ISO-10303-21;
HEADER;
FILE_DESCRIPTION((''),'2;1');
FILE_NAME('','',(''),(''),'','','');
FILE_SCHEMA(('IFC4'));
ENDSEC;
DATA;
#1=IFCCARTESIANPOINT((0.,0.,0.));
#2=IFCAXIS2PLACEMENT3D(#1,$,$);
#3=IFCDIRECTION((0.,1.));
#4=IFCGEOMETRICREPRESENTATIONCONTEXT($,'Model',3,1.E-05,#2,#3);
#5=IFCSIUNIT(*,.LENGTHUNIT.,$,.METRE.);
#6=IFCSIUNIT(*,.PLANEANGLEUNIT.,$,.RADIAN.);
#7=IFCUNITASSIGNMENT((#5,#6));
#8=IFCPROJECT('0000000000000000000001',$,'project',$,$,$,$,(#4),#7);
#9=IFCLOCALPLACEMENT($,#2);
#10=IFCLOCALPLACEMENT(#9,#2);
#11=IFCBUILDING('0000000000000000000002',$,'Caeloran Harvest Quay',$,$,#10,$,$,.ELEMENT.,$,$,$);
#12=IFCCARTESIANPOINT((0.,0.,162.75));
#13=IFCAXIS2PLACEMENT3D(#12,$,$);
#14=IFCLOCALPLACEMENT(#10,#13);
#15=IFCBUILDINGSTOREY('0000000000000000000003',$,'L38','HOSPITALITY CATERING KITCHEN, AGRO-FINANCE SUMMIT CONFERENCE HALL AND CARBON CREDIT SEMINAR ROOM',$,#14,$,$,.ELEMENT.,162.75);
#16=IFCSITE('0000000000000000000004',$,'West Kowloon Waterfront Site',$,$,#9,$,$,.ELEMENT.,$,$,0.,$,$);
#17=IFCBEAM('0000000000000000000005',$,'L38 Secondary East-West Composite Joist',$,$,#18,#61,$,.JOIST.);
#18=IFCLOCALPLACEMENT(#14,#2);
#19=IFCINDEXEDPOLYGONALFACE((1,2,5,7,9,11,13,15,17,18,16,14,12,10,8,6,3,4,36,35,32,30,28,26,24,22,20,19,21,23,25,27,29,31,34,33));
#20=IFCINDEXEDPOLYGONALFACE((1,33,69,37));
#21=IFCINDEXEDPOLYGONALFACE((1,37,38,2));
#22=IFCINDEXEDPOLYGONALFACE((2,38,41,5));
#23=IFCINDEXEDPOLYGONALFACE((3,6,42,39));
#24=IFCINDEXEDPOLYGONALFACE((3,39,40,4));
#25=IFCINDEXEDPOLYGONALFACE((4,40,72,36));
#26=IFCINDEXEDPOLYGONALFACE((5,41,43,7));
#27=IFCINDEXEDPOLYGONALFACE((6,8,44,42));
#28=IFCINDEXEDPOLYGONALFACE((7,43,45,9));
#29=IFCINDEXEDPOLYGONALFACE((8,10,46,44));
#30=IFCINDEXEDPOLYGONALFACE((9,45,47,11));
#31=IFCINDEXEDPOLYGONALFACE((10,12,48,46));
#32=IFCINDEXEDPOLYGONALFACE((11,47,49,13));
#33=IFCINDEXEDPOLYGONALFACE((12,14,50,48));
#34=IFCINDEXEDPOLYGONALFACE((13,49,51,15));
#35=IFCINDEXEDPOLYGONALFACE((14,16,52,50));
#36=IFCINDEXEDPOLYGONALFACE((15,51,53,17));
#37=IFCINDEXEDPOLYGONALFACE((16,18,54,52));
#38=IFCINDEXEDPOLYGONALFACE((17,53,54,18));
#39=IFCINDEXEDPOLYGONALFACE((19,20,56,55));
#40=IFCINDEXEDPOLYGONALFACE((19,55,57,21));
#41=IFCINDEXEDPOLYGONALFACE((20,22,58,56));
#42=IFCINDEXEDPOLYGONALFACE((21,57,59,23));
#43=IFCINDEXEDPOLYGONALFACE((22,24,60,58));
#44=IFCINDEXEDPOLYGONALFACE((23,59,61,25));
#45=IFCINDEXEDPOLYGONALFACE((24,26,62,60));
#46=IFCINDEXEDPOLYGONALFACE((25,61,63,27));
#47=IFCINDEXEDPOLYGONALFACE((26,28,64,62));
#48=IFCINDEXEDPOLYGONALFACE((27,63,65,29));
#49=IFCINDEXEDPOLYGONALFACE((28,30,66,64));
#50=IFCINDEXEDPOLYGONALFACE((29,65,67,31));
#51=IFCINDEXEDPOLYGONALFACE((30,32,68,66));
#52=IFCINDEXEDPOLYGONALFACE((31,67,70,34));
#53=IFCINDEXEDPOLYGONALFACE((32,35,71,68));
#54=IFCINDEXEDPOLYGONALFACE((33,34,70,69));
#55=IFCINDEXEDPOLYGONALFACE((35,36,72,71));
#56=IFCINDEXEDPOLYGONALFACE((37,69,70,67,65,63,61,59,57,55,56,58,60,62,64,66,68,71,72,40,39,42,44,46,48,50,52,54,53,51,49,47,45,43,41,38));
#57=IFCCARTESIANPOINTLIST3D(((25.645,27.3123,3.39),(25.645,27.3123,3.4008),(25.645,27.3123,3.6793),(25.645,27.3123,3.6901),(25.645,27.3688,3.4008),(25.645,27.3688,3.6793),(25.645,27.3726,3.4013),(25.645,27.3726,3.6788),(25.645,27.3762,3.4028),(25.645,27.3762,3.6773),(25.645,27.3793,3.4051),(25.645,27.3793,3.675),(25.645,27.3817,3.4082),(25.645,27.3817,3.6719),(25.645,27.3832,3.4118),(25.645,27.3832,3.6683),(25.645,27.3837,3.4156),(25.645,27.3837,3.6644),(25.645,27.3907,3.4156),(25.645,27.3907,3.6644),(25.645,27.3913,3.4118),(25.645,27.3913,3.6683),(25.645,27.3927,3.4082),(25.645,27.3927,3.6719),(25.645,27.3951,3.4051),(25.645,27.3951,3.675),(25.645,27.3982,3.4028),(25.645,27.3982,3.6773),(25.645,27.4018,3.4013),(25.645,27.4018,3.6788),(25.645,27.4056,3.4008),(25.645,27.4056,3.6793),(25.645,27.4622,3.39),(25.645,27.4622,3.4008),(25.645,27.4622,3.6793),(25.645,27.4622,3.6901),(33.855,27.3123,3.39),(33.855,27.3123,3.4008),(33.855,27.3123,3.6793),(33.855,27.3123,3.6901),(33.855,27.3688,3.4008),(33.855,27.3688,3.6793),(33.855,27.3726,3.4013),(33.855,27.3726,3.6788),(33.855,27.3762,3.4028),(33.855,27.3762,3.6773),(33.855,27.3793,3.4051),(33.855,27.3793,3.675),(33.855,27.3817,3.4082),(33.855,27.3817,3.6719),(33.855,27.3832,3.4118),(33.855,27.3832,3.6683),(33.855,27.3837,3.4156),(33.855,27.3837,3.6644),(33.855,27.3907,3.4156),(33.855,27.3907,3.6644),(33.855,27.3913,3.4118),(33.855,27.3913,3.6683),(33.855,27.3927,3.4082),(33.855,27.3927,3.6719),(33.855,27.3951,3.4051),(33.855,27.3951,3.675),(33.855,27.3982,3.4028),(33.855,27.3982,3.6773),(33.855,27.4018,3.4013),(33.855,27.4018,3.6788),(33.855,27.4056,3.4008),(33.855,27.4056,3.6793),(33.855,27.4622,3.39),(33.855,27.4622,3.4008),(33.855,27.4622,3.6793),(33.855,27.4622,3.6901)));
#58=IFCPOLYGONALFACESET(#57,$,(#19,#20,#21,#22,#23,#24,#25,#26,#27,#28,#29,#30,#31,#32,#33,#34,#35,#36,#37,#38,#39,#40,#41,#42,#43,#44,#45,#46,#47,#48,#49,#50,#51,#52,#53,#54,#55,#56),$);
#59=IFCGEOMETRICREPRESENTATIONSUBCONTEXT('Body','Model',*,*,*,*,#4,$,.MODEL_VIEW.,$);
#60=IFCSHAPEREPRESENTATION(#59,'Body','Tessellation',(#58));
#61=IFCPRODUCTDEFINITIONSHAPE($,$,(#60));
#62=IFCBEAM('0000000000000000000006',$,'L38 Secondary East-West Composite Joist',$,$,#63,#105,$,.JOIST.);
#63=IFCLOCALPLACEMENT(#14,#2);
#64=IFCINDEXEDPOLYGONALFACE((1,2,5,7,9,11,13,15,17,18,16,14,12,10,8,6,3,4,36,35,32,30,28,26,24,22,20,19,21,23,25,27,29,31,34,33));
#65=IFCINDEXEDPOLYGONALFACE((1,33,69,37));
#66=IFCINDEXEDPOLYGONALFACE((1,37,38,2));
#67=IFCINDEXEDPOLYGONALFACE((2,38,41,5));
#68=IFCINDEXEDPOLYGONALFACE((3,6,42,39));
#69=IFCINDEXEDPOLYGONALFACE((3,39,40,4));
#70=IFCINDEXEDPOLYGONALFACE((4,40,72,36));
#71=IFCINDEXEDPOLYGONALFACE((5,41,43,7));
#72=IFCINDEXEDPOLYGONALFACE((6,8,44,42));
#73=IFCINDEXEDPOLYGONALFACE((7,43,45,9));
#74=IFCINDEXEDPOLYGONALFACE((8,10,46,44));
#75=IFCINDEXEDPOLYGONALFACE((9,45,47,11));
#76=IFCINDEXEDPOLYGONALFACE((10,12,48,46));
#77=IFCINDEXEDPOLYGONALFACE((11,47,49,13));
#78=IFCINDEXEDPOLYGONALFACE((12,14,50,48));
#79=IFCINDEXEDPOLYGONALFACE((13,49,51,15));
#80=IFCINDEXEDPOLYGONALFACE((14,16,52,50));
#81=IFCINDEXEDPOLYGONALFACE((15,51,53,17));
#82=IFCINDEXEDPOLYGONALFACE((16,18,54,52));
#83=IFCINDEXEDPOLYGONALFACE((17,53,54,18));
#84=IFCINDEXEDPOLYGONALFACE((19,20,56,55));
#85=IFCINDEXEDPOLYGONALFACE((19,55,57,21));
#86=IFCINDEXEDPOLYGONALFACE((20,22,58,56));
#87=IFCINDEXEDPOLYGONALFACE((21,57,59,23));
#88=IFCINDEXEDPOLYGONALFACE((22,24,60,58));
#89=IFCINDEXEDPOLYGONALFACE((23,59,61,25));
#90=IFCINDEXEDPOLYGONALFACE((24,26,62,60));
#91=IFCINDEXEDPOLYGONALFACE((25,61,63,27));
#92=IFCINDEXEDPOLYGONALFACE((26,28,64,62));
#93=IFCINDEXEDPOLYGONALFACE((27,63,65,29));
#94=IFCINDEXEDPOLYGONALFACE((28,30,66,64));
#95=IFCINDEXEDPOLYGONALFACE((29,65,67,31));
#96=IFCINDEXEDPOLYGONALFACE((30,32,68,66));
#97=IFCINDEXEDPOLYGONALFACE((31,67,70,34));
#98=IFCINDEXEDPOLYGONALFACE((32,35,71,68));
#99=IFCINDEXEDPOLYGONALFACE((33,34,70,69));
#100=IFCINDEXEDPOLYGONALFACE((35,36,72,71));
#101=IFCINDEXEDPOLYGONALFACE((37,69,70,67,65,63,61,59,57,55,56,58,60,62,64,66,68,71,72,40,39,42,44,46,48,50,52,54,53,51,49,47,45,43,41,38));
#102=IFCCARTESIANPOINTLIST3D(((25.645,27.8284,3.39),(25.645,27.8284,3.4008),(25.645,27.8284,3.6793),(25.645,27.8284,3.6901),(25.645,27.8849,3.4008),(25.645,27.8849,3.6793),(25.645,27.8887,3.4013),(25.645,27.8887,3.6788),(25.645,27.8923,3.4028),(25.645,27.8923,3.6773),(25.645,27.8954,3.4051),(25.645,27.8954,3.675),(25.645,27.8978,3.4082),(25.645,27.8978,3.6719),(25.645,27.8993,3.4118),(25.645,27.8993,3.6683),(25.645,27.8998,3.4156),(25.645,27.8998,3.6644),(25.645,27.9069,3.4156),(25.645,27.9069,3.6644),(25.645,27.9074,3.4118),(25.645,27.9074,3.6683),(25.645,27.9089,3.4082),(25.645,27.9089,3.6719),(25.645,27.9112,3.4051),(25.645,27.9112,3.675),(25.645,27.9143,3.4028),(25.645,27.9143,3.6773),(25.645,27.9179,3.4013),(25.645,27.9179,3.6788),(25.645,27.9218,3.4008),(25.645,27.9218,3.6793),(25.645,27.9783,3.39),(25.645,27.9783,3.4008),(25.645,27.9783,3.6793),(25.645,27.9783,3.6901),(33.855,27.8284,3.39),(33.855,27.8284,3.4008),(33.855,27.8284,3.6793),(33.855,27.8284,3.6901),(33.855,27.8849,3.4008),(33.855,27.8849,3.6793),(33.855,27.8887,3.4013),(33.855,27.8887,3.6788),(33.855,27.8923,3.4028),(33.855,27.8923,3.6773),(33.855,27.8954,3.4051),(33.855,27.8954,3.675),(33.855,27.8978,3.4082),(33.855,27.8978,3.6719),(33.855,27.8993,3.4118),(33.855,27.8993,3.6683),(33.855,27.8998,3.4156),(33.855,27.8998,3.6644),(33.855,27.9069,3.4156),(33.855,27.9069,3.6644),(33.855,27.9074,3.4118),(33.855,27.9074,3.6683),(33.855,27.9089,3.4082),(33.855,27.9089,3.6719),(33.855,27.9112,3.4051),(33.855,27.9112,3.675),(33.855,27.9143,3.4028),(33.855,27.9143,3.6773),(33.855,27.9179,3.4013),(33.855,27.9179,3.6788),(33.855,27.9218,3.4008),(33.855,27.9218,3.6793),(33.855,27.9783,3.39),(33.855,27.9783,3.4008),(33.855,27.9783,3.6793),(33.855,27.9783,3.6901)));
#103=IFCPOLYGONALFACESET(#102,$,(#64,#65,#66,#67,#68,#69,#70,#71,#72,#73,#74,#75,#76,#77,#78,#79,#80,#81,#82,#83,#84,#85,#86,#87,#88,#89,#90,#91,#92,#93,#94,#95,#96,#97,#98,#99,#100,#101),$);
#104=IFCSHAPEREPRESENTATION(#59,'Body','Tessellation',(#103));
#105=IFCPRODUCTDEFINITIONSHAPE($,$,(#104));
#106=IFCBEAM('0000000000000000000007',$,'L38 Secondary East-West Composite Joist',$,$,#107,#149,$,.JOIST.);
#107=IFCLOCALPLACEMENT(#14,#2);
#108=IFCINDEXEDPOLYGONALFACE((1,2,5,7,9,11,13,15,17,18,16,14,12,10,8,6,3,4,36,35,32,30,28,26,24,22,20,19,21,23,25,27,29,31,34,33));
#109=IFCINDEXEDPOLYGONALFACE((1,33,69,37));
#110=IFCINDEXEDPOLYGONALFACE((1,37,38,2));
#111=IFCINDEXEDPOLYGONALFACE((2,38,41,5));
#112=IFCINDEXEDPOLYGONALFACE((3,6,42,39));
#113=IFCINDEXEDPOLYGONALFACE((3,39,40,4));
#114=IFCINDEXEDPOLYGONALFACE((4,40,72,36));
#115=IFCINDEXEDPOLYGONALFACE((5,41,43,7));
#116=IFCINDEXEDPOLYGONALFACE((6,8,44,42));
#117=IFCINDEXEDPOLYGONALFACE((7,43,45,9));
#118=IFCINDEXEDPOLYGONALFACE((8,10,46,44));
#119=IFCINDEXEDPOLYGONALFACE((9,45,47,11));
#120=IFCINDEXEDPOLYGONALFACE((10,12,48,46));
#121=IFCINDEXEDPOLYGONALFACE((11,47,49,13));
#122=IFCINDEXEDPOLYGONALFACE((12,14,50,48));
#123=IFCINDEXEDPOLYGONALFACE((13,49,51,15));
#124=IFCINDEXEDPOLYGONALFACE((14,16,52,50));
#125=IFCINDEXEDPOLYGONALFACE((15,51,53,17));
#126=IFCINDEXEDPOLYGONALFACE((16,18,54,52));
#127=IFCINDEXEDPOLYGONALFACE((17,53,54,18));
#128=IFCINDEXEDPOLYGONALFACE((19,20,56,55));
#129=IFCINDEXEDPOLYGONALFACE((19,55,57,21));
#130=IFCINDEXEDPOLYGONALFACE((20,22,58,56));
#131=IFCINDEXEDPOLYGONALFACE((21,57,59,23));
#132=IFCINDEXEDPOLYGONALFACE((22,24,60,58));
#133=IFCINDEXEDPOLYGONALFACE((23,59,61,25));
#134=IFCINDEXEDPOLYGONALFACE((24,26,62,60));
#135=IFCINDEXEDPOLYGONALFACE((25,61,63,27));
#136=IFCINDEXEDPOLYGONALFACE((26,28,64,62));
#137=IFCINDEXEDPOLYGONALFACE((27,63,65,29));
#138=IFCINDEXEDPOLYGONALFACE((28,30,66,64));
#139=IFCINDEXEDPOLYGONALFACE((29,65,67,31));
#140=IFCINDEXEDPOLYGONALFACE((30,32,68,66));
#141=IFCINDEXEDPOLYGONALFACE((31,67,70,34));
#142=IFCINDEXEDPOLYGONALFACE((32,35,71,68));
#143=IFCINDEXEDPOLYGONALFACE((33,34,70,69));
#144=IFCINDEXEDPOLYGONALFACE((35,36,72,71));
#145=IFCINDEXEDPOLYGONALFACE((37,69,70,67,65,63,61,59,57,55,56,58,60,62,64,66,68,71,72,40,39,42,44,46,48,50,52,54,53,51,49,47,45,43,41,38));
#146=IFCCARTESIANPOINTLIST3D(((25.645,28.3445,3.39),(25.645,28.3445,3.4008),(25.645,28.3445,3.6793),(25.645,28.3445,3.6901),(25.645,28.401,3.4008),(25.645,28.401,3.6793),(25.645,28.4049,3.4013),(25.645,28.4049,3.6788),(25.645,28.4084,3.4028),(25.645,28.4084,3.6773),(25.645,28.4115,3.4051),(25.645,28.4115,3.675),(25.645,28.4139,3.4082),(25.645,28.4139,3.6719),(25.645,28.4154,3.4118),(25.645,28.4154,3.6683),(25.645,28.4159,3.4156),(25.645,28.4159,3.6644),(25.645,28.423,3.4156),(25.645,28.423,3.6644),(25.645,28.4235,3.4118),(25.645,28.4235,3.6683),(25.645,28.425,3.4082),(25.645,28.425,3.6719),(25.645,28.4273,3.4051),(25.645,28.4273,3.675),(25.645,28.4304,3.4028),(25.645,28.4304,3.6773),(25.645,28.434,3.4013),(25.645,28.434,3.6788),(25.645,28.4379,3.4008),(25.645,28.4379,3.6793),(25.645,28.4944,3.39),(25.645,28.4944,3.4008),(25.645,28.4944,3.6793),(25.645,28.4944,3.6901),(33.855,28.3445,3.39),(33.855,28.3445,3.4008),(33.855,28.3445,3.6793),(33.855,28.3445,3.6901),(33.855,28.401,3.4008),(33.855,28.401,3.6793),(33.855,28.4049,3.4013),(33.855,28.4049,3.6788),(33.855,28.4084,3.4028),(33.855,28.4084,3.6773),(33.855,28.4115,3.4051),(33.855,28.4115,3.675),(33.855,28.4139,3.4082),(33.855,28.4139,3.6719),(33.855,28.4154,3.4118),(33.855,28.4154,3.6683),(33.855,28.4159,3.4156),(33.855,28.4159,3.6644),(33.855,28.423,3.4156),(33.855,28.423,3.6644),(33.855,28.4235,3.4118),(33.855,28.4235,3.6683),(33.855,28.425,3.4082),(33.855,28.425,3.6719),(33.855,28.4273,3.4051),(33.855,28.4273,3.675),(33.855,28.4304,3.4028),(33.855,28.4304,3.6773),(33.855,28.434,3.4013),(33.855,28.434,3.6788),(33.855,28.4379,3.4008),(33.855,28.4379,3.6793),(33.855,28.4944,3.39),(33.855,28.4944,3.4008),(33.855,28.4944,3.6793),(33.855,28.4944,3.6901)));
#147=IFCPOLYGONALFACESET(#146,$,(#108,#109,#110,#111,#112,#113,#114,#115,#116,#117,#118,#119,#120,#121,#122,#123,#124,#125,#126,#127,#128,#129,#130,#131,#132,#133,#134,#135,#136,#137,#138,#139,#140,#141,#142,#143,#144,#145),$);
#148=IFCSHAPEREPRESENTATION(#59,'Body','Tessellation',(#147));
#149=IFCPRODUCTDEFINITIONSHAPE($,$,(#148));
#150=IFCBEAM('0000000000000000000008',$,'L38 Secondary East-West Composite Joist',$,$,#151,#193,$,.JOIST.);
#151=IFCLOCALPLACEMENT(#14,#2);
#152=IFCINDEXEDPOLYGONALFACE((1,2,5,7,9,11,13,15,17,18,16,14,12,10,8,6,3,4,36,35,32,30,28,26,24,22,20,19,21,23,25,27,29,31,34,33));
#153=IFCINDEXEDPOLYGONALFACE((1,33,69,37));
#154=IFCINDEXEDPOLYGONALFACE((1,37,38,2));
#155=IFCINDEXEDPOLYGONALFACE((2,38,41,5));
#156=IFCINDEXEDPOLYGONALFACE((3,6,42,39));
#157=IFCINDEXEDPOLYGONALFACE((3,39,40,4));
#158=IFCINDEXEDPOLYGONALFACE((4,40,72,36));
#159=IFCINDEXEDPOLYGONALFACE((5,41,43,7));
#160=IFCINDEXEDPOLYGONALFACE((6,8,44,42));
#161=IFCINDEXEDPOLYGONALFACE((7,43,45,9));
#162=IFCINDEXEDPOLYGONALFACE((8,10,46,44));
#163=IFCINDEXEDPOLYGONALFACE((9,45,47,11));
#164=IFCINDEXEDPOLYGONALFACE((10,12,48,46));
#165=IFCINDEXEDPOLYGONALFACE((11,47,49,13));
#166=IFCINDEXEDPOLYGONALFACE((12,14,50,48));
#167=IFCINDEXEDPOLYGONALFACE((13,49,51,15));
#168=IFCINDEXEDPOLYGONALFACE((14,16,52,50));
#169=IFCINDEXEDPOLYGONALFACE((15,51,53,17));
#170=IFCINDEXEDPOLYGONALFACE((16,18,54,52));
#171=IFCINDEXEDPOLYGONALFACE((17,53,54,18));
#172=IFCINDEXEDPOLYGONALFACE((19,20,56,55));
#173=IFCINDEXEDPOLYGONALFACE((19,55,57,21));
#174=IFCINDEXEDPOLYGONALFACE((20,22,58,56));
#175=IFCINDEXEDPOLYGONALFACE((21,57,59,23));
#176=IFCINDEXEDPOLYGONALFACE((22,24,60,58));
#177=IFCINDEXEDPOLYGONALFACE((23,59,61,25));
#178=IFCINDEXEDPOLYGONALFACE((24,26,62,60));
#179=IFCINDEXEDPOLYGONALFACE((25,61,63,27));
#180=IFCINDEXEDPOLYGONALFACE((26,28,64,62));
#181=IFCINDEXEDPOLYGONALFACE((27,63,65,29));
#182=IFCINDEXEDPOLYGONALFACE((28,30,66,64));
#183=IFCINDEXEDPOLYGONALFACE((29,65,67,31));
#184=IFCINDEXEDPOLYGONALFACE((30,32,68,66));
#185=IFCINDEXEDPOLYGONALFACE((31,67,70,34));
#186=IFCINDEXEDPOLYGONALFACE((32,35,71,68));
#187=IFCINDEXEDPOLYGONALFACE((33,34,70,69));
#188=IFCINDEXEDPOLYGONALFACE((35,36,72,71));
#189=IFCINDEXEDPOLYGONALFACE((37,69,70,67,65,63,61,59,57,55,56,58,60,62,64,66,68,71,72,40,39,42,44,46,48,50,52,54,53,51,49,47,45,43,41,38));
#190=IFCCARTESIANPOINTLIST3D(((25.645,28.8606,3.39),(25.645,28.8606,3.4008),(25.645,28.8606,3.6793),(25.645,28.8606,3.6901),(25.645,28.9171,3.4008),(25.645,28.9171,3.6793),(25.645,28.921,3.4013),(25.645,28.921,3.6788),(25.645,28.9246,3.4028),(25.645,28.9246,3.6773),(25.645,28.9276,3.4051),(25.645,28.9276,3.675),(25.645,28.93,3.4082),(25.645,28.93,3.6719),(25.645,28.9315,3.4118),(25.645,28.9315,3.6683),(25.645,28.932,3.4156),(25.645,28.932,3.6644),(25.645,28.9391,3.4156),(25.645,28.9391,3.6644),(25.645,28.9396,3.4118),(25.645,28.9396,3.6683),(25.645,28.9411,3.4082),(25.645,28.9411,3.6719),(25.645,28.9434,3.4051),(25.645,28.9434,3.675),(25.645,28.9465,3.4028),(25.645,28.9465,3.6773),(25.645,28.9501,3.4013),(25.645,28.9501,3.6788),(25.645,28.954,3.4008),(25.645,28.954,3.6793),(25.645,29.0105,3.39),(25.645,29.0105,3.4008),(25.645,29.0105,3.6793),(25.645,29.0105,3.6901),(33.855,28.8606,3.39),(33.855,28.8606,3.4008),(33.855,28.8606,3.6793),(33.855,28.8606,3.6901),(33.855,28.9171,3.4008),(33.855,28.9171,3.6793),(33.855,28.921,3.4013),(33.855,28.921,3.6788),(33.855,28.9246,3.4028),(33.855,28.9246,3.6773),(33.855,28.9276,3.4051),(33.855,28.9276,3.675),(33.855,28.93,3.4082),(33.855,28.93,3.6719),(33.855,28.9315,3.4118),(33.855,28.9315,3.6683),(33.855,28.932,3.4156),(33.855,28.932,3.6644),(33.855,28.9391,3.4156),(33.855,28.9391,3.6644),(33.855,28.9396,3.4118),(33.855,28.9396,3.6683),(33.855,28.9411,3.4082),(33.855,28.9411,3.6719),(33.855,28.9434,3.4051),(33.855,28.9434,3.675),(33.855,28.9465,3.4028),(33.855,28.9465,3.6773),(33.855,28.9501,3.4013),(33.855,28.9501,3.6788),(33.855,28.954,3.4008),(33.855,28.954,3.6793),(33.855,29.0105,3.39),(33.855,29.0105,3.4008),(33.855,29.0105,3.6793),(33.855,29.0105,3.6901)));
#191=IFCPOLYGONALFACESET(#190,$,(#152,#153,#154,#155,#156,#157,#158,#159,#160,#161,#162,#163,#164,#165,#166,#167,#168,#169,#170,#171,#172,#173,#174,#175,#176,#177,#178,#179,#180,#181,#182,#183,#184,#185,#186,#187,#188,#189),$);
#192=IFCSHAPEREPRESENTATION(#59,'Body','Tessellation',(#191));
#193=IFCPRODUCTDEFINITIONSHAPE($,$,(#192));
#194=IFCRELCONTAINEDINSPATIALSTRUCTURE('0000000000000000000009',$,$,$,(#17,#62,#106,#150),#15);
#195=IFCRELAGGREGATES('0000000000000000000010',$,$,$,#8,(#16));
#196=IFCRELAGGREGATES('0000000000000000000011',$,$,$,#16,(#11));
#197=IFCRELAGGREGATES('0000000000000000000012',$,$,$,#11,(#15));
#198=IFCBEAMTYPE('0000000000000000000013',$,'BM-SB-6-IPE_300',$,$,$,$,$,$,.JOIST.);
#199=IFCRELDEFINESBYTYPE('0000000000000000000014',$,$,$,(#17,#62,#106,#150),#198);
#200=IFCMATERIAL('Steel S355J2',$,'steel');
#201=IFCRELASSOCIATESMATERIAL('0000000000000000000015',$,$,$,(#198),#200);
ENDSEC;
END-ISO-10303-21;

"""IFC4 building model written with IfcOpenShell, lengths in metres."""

from ifc_helpers import new_model, si_unit, direction, frame, origin, origin_2d, place, context, subcontext, project, spatial, i_section, extrude, material, material_profile, profile_set, type_object, element, save


model = new_model("IFC4")

# Units and contexts
model_context = context("Model", 3, precision=1e-05, world=origin(), true_north=direction((0.0, 1.0)))
body_context = subcontext(model_context, "Body", "Model", "MODEL_VIEW")
ifc_project = project(units=[si_unit("LENGTHUNIT", "METRE"), si_unit("PLANEANGLEUNIT", "RADIAN")], contexts=[model_context])

# Site, building, storey
site_placement = place(None, origin())
site = spatial("IfcSite", under=ifc_project, at=site_placement, Name="West Kowloon Waterfront Site", CompositionType="ELEMENT", RefElevation=0.0)
building_placement = place(site_placement, origin())
building = spatial("IfcBuilding", under=site, at=building_placement, Name="Caeloran Harvest Quay", CompositionType="ELEMENT")
storey_placement = place(building_placement, frame((0.0, 0.0, 162.75)))
storey = spatial("IfcBuildingStorey", under=building, at=storey_placement, Name="L38", Description="HOSPITALITY CATERING KITCHEN, AGRO-FINANCE SUMMIT CONFERENCE HALL AND CARBON CREDIT SEMINAR ROOM", CompositionType="ELEMENT", Elevation=162.75)

# Beams
ifc_material_1 = material(Name="Steel S355J2", Category="steel")
ifc_material_profile_1 = material_profile(ifc_material_1, i_section(OverallWidth=0.1499, OverallDepth=0.3, WebThickness=0.0071, FlangeThickness=0.0107, FilletRadius=0.0149, at=origin_2d()), Name="IPE 300")
ifc_profile_set_1 = profile_set([ifc_material_profile_1], Name="Steel S355J2")
beam_type_1 = type_object("IfcBeamType", Name="BM-SB-6-IPE_300", PredefinedType="JOIST", material=ifc_profile_set_1)
for number, where, z_axis, x_axis, name in (
    (1, (25.645, 27.3872, 3.54), (1.0, 0.0, 0.0), (0.0, 1.0, 0.0), "L38 Secondary East-West Composite Joist"),
    (2, (25.645, 27.9033, 3.54), (1.0, 0.0, 0.0), (0.0, 1.0, 0.0), "L38 Secondary East-West Composite Joist"),
    (3, (25.645, 28.4194, 3.54), (1.0, 0.0, 0.0), (0.0, 1.0, 0.0), "L38 Secondary East-West Composite Joist"),
    (4, (25.645, 28.9355, 3.54), (1.0, 0.0, 0.0), (0.0, 1.0, 0.0), "L38 Secondary East-West Composite Joist"),
):
    element("IfcBeam", number, at=place(storey_placement, frame(where, z_axis=z_axis, x_axis=x_axis)), inside=storey, type_object=beam_type_1, Name=name, PredefinedType="JOIST", context=body_context, shape_type="SweptSolid", body=[
        extrude(i_section(OverallWidth=0.1499, OverallDepth=0.3, WebThickness=0.0071, FlangeThickness=0.0107, FilletRadius=0.0149, at=origin_2d()), origin(), (0.0, 0.0, 1.0), 8.21),
    ])

save(model, "model.ifc")
